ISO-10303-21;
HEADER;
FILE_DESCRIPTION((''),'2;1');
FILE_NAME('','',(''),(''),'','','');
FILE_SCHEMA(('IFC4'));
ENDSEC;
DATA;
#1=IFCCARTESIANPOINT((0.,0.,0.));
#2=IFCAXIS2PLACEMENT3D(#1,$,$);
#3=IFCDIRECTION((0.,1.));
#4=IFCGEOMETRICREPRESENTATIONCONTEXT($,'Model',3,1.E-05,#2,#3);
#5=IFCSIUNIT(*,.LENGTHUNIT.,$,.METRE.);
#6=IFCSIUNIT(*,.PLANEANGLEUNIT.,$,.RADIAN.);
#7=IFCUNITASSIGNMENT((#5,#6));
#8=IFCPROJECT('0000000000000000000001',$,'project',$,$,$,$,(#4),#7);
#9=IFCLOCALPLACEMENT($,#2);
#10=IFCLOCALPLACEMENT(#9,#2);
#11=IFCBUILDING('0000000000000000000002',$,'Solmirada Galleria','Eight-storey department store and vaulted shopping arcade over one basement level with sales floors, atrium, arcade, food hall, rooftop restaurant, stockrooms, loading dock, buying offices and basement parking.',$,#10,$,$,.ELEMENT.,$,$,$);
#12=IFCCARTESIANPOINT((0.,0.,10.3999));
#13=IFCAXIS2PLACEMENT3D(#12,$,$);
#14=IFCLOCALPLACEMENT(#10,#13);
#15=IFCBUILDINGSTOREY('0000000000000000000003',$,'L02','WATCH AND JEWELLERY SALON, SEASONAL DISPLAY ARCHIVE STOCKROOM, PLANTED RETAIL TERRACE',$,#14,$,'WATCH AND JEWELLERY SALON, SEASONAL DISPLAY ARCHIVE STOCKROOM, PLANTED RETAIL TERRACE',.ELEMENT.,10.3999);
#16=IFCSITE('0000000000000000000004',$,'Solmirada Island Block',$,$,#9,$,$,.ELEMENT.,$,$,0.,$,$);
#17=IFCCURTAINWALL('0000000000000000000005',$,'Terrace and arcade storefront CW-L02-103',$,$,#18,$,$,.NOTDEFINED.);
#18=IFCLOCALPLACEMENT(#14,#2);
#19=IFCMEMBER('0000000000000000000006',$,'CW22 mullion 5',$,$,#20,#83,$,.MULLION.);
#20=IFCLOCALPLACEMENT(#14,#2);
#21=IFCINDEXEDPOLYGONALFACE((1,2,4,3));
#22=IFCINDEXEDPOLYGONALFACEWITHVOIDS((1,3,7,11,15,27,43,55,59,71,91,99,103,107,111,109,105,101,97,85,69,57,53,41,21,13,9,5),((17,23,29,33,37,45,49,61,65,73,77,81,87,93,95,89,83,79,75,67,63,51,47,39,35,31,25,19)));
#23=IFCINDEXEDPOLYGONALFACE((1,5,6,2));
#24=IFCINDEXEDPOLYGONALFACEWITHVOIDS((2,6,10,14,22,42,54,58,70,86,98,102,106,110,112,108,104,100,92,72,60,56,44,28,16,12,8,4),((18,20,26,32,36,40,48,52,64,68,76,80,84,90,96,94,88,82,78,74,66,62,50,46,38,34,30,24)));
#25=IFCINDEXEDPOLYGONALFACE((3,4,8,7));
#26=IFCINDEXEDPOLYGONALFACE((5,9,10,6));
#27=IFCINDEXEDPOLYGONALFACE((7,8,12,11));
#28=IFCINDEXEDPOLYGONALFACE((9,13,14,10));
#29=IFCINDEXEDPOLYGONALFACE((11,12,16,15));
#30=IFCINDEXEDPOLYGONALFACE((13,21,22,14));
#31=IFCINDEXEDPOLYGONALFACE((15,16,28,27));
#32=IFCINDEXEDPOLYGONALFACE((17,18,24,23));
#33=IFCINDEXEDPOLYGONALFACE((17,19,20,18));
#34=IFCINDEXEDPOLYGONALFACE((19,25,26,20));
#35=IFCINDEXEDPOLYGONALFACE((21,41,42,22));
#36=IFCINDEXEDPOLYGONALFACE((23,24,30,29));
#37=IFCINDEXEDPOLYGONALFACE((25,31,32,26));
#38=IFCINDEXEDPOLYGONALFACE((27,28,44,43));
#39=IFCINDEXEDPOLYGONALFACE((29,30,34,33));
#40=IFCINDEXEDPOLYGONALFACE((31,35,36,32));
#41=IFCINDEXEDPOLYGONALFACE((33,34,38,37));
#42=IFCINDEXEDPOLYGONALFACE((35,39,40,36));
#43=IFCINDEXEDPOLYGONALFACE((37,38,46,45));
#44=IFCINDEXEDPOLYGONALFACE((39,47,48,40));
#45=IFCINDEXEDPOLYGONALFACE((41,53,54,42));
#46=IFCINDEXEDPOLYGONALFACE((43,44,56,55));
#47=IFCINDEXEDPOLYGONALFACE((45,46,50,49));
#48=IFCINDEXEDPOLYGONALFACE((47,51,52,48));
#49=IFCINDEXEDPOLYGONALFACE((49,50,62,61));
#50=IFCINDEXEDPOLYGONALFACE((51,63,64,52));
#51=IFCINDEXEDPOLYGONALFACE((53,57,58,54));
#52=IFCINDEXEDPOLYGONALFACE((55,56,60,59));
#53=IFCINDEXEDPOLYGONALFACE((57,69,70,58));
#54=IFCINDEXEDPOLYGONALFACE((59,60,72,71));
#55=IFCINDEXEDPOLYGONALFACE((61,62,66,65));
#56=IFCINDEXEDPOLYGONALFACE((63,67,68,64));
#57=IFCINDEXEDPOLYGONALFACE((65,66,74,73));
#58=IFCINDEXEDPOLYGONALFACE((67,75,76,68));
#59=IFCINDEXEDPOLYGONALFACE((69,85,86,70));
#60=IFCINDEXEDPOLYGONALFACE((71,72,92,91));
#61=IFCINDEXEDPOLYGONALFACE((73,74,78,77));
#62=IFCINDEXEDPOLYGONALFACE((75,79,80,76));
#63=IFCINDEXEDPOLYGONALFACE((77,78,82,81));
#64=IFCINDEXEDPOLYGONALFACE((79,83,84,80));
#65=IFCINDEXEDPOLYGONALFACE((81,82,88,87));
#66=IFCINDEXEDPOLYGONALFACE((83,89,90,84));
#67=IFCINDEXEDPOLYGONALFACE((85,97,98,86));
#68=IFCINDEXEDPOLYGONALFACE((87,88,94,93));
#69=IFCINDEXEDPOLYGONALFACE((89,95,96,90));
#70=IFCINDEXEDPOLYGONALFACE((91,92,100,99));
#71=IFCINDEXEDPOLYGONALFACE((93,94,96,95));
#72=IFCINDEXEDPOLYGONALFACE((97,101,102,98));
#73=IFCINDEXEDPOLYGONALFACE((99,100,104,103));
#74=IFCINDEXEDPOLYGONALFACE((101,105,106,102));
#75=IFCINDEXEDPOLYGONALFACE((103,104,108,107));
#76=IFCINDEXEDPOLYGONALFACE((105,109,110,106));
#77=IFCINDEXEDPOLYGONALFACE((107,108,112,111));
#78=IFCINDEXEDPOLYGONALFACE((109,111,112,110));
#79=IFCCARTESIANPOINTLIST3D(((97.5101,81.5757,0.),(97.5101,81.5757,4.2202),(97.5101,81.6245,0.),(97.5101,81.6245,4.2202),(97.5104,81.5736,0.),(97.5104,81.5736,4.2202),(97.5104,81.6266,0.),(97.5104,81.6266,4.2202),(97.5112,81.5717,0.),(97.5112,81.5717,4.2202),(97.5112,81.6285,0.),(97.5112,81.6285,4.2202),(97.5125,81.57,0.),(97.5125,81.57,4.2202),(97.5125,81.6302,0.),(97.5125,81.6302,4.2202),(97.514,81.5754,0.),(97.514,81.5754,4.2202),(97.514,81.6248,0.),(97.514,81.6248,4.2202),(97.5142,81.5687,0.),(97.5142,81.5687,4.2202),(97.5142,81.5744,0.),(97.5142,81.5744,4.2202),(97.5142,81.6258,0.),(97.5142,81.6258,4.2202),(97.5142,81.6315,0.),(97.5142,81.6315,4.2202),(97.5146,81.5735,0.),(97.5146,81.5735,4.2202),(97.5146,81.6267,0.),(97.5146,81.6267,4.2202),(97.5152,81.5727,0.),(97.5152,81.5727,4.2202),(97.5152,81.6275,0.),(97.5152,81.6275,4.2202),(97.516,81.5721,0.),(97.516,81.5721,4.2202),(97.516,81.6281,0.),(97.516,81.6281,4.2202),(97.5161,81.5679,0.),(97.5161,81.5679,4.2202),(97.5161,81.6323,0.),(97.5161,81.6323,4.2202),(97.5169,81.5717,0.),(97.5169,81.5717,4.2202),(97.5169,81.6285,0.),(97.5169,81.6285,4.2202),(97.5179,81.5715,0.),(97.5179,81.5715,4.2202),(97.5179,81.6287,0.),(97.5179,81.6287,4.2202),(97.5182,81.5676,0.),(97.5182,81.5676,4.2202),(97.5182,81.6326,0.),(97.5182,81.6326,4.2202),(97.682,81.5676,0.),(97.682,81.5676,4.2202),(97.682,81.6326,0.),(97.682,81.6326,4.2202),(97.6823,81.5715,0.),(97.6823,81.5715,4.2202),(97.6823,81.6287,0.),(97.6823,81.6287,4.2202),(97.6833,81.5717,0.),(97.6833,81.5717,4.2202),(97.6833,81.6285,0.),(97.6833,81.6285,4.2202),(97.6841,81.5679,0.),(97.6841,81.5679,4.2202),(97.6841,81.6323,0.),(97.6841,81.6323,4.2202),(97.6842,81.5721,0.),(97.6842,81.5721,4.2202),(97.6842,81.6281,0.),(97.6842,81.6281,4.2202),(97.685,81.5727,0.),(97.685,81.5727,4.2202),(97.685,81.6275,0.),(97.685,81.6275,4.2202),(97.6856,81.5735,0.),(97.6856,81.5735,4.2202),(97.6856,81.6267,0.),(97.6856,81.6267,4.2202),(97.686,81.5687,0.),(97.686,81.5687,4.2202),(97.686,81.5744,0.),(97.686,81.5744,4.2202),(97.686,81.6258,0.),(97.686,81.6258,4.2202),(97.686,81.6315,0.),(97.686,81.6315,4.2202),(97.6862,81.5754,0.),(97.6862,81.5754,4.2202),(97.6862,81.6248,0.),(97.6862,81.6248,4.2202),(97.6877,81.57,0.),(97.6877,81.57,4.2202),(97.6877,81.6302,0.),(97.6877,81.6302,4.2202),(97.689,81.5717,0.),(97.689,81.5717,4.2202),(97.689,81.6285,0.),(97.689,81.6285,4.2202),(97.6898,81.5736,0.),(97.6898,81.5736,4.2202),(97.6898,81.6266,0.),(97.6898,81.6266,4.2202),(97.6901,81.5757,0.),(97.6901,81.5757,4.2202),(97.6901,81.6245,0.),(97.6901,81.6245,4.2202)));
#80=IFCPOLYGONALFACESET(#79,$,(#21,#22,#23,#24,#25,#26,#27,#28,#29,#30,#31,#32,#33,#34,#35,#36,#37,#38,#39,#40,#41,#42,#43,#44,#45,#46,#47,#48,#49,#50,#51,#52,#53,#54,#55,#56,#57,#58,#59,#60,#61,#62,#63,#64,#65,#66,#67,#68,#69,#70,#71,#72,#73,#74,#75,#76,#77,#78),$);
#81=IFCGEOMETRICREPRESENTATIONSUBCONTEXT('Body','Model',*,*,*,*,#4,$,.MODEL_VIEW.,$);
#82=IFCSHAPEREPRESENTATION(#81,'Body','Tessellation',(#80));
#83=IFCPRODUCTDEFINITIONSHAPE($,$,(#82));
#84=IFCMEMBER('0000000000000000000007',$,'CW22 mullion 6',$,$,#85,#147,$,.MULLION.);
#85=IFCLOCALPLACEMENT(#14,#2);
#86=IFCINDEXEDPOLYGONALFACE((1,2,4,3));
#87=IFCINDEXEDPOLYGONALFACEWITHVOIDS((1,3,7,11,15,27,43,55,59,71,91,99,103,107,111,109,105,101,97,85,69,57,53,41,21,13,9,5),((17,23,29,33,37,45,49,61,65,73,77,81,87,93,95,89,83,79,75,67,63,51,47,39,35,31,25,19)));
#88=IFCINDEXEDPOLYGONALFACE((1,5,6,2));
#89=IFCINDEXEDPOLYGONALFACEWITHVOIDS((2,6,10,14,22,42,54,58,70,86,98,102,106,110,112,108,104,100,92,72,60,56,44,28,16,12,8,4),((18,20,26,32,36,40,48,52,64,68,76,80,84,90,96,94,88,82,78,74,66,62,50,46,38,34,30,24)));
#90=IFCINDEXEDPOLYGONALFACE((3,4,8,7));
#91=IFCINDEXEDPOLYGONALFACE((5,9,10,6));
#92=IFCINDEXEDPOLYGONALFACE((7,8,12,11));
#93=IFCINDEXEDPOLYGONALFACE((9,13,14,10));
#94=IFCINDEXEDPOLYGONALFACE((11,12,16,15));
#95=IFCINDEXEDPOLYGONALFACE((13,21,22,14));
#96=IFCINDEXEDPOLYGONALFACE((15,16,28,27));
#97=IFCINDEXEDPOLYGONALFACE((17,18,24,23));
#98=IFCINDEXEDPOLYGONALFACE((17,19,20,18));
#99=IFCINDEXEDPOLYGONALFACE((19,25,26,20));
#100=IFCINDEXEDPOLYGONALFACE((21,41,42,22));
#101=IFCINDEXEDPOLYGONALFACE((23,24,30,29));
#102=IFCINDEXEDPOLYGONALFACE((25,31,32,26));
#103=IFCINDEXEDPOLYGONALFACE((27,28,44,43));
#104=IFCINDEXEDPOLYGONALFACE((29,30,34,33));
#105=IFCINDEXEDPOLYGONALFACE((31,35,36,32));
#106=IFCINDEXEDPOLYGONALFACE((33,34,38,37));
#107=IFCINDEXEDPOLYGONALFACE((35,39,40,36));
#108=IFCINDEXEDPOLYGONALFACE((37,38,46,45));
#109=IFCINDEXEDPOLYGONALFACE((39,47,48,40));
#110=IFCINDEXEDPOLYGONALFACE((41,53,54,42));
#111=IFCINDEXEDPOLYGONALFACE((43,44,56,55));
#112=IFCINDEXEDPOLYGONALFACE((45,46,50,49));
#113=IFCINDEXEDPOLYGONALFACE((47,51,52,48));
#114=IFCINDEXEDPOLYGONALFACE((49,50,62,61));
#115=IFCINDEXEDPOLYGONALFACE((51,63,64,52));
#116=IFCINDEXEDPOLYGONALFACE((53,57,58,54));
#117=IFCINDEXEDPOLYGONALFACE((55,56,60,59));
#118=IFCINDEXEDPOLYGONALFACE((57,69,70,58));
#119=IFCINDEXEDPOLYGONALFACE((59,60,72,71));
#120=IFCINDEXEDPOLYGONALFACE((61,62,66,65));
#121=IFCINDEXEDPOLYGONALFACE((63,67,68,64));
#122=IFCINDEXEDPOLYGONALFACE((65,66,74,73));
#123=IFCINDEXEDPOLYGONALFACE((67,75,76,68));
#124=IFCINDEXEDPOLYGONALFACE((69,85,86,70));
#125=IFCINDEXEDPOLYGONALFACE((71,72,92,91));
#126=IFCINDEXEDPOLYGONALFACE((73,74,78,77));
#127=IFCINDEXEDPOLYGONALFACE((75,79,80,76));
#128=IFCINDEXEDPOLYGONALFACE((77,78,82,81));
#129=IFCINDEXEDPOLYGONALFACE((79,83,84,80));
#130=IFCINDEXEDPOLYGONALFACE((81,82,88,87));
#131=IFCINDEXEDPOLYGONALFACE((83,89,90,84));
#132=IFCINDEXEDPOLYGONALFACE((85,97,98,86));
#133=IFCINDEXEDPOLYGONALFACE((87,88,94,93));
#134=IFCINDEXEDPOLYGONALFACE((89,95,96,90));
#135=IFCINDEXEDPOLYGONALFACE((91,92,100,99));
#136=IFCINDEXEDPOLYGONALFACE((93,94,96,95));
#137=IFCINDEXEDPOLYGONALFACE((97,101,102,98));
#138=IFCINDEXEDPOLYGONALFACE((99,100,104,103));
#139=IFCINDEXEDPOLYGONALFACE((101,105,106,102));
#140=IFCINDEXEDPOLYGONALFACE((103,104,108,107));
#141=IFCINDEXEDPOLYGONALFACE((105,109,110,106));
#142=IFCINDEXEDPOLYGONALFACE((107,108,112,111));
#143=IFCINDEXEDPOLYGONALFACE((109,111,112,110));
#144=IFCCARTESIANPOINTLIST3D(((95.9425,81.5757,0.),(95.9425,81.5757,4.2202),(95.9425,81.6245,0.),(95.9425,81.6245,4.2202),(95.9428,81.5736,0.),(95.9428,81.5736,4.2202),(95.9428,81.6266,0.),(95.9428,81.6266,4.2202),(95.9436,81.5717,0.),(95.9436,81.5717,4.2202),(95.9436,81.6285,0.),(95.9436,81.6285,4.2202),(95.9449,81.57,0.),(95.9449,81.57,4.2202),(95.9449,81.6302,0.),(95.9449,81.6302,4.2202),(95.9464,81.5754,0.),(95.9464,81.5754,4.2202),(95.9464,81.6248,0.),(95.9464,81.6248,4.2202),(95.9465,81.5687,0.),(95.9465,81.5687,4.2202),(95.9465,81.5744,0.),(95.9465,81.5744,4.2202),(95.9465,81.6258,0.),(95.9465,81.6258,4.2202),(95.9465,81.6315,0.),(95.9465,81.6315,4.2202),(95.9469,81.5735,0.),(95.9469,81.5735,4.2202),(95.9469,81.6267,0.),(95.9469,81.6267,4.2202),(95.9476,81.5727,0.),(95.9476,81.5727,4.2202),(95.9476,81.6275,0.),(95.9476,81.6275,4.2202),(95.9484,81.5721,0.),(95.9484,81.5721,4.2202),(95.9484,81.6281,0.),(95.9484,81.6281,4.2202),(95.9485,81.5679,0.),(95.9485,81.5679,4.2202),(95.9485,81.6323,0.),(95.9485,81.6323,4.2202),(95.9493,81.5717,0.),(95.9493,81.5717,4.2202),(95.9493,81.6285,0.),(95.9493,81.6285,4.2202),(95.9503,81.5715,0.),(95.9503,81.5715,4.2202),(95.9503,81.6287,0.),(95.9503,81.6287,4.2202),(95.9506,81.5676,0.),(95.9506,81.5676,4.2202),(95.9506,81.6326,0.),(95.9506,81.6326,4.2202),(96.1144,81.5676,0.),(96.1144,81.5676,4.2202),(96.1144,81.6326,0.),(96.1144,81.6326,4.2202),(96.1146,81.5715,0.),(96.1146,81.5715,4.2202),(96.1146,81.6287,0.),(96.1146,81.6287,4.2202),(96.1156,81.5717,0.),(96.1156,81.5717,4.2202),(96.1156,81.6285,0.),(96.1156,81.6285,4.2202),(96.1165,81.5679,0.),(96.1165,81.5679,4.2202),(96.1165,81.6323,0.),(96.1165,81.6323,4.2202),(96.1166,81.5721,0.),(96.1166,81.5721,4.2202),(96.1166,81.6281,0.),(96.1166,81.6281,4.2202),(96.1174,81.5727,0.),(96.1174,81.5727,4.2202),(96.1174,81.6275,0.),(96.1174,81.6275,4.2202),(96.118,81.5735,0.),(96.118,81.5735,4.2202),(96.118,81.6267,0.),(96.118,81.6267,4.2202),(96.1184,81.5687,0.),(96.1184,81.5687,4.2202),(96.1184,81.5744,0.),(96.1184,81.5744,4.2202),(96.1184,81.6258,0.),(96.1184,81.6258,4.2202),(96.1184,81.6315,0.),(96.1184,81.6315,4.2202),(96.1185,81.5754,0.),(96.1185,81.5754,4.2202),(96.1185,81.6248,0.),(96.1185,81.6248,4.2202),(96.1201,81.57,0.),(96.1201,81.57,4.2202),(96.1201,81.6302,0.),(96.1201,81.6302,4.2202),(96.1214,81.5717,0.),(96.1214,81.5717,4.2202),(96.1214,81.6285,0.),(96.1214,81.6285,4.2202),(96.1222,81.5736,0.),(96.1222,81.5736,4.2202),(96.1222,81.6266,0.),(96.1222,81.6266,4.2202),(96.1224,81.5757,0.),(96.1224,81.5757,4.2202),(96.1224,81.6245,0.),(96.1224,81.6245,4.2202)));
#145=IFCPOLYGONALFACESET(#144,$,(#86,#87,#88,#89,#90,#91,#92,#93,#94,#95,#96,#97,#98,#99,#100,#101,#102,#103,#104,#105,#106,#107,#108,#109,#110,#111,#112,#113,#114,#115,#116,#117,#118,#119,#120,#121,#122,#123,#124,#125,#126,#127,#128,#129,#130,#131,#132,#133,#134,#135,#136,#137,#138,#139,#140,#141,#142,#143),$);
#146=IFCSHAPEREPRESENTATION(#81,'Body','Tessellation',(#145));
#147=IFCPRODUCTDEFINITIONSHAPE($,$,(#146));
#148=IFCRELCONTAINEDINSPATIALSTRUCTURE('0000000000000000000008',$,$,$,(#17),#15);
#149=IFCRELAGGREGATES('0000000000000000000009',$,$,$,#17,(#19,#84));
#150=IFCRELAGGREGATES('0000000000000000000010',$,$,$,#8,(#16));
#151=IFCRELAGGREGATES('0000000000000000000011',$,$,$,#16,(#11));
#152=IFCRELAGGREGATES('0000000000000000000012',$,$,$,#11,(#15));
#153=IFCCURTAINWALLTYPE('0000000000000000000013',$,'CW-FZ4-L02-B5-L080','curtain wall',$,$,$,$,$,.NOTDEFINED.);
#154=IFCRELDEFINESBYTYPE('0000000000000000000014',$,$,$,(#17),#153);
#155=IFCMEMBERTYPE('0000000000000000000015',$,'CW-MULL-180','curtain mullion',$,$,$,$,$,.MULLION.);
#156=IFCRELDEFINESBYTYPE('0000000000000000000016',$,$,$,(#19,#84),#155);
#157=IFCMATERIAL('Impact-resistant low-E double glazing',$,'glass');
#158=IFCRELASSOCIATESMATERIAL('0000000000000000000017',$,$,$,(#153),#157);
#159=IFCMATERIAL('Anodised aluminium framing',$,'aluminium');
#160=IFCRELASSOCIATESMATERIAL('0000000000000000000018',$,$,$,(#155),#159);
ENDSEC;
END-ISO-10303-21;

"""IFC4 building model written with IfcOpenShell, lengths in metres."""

from ifc_helpers import new_model, si_unit, direction, frame, origin, origin_2d, place, context, subcontext, project, spatial, hollow_rectangle, extrude, material, material_profile, profile_set, type_object, element, aggregate, save


model = new_model("IFC4")

# Units and contexts
model_context = context("Model", 3, precision=1e-05, world=origin(), true_north=direction((0.0, 1.0)))
body_context = subcontext(model_context, "Body", "Model", "MODEL_VIEW")
ifc_project = project(units=[si_unit("LENGTHUNIT", "METRE"), si_unit("PLANEANGLEUNIT", "RADIAN")], contexts=[model_context])

# Site, building, storey
site_placement = place(None, origin())
site = spatial("IfcSite", under=ifc_project, at=site_placement, Name="Solmirada Island Block", CompositionType="ELEMENT", RefElevation=0.0)
building_placement = place(site_placement, origin())
building = spatial("IfcBuilding", under=site, at=building_placement, Name="Solmirada Galleria", Description="Eight-storey department store and vaulted shopping arcade over one basement level with sales floors, atrium, arcade, food hall, rooftop restaurant, stockrooms, loading dock, buying offices and basement parking.", CompositionType="ELEMENT")
storey_placement = place(building_placement, frame((0.0, 0.0, 10.3999)))
storey = spatial("IfcBuildingStorey", under=building, at=storey_placement, Name="L02", Description="WATCH AND JEWELLERY SALON, SEASONAL DISPLAY ARCHIVE STOCKROOM, PLANTED RETAIL TERRACE", LongName="WATCH AND JEWELLERY SALON, SEASONAL DISPLAY ARCHIVE STOCKROOM, PLANTED RETAIL TERRACE", CompositionType="ELEMENT", Elevation=10.3999)

# Curtain wall, members
ifc_material_1 = material(Name="Impact-resistant low-E double glazing", Category="glass")
curtain_wall_type = type_object("IfcCurtainWallType", Name="CW-FZ4-L02-B5-L080", Description="curtain wall", PredefinedType="NOTDEFINED", material=ifc_material_1)
curtain_wall_placement = place(storey_placement, origin())
curtain_wall = element("IfcCurtainWall", 1, at=curtain_wall_placement, inside=storey, type_object=curtain_wall_type, Name="Terrace and arcade storefront CW-L02-103", PredefinedType="NOTDEFINED")
ifc_material_2 = material(Name="Anodised aluminium framing", Category="aluminium")
ifc_material_profile_1 = material_profile(ifc_material_2, hollow_rectangle(XDim=0.0649, YDim=0.1799, WallThickness=0.0039, InnerFilletRadius=0.0039, OuterFilletRadius=0.0081, at=origin_2d()), Name="ALU-MULL-180X65")
ifc_profile_set_1 = profile_set([ifc_material_profile_1], Name="Anodised aluminium framing")
member_type_1 = type_object("IfcMemberType", Name="CW-MULL-180", Description="curtain mullion", PredefinedType="MULLION", material=ifc_profile_set_1)
member_1_placement = place(storey_placement, frame((97.6001, 81.6001, 0.0), z_axis=(0.0, 0.0, 1.0), x_axis=(0.0, -1.0, 0.0)))
member_1 = element("IfcMember", 2, at=member_1_placement, type_object=member_type_1, Name="CW22 mullion 5", PredefinedType="MULLION", context=body_context, shape_type="SweptSolid", body=[
    extrude(hollow_rectangle(XDim=0.0649, YDim=0.1799, WallThickness=0.0039, InnerFilletRadius=0.0039, OuterFilletRadius=0.0081, at=origin_2d()), origin(), (0.0, 0.0, 1.0), 4.2202),
])
member_2_placement = place(storey_placement, frame((96.0325, 81.6001, 0.0), z_axis=(0.0, 0.0, 1.0), x_axis=(0.0, -1.0, 0.0)))
member_2 = element("IfcMember", 3, at=member_2_placement, type_object=member_type_1, Name="CW22 mullion 6", PredefinedType="MULLION", context=body_context, shape_type="SweptSolid", body=[
    extrude(hollow_rectangle(XDim=0.0649, YDim=0.1799, WallThickness=0.0039, InnerFilletRadius=0.0039, OuterFilletRadius=0.0081, at=origin_2d()), origin(), (0.0, 0.0, 1.0), 4.2202),
])
aggregate(curtain_wall, [member_1, member_2])

save(model, "model.ifc")
